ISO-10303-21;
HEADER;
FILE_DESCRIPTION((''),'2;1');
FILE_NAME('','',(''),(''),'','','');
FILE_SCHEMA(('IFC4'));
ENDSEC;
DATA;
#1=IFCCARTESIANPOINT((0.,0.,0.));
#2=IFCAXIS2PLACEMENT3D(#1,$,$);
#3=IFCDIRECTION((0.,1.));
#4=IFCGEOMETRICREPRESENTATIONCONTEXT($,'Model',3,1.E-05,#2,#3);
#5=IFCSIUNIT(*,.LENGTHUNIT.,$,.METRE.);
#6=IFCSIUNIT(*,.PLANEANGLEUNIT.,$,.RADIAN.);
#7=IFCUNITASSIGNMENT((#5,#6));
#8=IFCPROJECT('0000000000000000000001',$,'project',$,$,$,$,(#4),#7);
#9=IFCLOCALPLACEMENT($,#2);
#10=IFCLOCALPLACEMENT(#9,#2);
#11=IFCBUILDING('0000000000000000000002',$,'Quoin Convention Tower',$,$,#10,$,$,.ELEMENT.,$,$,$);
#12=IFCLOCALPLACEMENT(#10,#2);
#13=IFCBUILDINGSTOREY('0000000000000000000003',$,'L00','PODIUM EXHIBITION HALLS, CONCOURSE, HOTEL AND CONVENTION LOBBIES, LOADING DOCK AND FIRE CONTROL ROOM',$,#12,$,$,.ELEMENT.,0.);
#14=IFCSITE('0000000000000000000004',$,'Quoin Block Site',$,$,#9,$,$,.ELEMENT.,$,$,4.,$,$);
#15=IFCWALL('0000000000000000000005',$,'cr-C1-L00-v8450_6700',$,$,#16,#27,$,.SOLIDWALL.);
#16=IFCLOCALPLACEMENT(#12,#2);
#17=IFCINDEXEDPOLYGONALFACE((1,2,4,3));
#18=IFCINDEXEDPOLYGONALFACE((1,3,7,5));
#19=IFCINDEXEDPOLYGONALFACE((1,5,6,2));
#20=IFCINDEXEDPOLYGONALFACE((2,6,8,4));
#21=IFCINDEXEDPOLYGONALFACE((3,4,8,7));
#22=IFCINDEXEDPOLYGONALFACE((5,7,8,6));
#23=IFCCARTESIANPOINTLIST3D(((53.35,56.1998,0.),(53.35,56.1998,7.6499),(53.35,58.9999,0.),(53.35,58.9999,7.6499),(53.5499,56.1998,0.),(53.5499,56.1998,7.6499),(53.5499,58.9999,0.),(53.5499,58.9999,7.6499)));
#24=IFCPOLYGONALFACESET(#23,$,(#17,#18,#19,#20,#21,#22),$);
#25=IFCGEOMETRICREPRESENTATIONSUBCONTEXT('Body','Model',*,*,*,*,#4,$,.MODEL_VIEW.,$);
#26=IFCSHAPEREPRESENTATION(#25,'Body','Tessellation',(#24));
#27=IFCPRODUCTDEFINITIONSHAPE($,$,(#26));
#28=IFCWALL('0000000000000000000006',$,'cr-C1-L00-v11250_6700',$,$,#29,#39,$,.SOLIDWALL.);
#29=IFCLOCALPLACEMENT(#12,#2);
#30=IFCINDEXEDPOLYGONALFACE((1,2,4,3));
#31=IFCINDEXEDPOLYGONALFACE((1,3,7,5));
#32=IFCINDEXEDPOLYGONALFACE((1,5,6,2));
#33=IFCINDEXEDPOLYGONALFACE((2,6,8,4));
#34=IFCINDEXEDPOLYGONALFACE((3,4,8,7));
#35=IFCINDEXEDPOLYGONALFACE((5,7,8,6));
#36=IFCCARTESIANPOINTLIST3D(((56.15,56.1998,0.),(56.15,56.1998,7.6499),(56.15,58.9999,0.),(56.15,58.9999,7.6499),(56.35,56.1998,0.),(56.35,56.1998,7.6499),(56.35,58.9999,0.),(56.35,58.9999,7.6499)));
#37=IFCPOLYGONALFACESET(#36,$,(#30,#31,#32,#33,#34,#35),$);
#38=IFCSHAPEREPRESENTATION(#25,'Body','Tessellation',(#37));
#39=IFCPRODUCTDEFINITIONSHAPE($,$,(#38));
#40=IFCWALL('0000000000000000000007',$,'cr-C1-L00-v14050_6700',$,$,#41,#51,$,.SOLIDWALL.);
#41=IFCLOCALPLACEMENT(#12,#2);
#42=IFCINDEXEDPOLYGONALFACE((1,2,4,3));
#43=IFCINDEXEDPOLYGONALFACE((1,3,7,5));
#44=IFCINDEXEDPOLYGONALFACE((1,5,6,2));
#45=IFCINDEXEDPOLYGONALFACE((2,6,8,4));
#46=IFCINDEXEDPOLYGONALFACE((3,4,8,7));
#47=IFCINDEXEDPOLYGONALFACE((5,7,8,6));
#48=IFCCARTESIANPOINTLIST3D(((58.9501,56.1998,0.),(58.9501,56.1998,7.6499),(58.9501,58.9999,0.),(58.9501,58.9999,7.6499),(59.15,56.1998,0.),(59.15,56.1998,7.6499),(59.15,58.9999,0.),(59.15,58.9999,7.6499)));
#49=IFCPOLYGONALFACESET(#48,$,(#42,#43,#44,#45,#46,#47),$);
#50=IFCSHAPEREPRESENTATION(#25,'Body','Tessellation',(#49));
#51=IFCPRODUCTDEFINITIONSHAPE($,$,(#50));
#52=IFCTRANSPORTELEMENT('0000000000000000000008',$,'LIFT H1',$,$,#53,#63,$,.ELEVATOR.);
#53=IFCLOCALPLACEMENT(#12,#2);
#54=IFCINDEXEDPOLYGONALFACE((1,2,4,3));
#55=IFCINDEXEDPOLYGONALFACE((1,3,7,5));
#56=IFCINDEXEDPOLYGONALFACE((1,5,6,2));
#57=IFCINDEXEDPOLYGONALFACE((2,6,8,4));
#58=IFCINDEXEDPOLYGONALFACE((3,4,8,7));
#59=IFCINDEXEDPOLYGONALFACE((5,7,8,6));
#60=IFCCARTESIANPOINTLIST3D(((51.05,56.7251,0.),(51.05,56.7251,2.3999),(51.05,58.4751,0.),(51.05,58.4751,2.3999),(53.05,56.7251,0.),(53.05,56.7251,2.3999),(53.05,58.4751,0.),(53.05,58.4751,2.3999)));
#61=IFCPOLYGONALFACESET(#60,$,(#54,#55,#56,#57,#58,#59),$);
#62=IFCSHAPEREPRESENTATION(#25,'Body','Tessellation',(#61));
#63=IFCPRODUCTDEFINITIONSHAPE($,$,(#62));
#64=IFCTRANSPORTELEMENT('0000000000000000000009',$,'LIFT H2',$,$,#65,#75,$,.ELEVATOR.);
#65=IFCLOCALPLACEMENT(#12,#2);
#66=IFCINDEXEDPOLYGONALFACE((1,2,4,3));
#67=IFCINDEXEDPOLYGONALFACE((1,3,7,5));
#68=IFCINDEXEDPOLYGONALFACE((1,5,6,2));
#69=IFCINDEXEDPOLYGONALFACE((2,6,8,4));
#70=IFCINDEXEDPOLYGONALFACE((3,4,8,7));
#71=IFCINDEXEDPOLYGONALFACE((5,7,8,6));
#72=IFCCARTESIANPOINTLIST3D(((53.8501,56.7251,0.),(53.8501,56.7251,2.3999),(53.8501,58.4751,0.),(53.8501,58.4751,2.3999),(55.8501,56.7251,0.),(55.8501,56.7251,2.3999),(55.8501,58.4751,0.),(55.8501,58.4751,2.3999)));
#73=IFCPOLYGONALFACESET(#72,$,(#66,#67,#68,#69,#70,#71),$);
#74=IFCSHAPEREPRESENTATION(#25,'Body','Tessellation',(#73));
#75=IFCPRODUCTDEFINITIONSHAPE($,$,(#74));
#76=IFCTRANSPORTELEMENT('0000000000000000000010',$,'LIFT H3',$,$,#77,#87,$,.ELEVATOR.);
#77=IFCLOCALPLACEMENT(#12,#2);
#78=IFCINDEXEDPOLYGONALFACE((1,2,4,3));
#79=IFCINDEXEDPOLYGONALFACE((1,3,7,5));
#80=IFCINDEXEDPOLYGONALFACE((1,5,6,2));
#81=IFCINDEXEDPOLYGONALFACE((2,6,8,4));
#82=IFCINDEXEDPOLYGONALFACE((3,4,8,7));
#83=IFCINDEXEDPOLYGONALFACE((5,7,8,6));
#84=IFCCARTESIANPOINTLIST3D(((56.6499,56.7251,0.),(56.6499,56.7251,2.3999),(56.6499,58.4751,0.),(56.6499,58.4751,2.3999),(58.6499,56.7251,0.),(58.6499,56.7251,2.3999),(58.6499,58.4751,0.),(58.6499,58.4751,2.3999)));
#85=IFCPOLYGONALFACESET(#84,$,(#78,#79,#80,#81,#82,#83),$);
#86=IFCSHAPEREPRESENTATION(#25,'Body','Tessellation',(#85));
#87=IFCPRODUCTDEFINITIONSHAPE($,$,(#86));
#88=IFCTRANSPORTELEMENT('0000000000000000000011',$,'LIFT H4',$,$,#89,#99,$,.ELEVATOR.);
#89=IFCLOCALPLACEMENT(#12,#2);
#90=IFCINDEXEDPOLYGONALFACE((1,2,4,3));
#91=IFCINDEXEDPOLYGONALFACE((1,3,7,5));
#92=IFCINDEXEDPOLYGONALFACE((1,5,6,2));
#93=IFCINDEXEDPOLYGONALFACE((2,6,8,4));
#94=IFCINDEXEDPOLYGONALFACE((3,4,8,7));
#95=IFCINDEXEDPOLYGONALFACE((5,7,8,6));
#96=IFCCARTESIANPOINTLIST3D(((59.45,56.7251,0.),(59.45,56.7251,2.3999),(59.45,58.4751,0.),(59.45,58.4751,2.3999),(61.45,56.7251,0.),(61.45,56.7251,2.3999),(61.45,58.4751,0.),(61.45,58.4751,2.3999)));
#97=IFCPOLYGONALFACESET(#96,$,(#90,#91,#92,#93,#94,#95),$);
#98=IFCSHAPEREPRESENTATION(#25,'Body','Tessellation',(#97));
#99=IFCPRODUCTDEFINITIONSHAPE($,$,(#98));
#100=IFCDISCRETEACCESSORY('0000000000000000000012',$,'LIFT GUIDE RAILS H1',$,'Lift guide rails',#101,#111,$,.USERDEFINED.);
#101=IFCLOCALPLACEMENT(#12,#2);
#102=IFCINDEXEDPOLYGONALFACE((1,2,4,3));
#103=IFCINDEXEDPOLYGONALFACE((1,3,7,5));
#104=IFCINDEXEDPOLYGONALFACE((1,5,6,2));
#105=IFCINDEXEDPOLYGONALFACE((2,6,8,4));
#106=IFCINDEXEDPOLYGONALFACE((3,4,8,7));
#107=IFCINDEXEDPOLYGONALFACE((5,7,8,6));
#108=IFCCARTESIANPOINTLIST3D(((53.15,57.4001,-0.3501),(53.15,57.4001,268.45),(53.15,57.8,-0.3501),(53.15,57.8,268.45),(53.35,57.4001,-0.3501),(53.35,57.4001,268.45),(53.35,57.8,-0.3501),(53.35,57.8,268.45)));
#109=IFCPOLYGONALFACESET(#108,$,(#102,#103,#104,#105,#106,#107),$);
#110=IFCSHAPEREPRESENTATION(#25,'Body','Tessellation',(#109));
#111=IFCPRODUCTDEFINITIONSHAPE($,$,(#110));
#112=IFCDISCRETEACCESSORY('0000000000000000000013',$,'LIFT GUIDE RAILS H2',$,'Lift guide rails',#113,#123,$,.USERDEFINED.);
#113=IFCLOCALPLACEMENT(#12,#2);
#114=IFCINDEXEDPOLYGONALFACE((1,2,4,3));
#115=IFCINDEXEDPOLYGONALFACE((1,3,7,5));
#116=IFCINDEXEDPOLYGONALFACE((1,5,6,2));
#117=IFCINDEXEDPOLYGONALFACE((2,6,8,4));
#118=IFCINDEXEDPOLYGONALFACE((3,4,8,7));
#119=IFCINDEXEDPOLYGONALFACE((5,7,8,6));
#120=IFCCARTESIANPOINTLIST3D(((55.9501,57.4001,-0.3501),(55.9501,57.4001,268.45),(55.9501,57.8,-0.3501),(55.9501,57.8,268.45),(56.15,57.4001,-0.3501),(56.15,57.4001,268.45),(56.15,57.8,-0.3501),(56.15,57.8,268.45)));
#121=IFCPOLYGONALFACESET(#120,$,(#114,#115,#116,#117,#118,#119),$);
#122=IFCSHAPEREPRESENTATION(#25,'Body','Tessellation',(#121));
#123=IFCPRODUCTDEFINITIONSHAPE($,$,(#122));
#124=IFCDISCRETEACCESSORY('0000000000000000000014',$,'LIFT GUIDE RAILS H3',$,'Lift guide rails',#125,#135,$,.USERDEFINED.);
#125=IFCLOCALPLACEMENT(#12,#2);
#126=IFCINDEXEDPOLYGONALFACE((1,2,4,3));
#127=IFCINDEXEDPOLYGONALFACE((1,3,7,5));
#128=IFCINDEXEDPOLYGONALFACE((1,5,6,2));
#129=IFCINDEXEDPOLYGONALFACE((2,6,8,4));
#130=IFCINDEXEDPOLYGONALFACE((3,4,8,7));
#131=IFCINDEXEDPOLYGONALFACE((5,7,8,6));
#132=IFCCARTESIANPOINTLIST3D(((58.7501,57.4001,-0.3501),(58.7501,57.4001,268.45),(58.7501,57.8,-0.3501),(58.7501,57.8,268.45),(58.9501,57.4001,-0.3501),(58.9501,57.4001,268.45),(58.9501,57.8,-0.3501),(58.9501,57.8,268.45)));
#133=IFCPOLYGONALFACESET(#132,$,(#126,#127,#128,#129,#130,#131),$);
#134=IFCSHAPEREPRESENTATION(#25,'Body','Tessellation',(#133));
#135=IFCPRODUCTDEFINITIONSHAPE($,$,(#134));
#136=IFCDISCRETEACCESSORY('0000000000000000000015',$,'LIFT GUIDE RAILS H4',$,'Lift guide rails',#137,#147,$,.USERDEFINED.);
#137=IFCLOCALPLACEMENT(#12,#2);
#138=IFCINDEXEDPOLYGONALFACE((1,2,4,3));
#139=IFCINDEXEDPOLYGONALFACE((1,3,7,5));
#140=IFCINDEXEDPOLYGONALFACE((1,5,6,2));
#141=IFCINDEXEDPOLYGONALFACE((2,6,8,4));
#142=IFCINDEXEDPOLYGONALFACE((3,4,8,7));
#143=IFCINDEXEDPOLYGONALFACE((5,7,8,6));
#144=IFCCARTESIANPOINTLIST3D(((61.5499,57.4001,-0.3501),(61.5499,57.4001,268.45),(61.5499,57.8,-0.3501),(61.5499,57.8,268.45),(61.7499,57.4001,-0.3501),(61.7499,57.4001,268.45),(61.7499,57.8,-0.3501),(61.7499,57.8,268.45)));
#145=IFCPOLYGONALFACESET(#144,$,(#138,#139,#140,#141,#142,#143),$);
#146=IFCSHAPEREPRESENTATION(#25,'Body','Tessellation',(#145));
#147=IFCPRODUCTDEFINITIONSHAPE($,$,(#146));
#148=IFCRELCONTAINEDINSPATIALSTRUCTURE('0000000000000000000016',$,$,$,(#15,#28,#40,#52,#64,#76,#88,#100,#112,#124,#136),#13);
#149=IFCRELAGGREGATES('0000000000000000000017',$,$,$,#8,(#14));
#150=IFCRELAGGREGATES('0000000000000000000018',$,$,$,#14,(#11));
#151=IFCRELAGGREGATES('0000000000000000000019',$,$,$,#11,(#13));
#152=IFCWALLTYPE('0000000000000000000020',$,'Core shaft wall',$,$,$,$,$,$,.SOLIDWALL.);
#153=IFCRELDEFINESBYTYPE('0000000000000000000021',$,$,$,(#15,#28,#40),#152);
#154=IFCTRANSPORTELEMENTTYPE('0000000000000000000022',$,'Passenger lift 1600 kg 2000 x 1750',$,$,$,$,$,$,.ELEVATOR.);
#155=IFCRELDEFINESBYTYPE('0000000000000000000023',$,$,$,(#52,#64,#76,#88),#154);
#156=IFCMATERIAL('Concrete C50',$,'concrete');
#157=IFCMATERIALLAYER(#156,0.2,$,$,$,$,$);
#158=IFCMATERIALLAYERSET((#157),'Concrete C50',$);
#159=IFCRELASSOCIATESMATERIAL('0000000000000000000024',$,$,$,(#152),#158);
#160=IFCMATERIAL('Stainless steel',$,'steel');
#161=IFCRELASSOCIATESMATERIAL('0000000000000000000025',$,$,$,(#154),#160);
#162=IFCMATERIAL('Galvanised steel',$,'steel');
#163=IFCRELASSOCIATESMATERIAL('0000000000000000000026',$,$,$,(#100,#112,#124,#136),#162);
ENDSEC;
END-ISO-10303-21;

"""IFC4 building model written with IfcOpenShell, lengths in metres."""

from ifc_helpers import new_model, si_unit, direction, frame, frame_2d, origin, origin_2d, place, context, subcontext, project, spatial, rectangle, extrude, material, layer, layer_set, type_object, element, save


model = new_model("IFC4")

# Units and contexts
model_context = context("Model", 3, precision=1e-05, world=origin(), true_north=direction((0.0, 1.0)))
body_context = subcontext(model_context, "Body", "Model", "MODEL_VIEW")
ifc_project = project(units=[si_unit("LENGTHUNIT", "METRE"), si_unit("PLANEANGLEUNIT", "RADIAN")], contexts=[model_context])

# Site, building, storey
site_placement = place(None, origin())
site = spatial("IfcSite", under=ifc_project, at=site_placement, Name="Quoin Block Site", CompositionType="ELEMENT", RefElevation=4.0)
building_placement = place(site_placement, origin())
building = spatial("IfcBuilding", under=site, at=building_placement, Name="Quoin Convention Tower", CompositionType="ELEMENT")
storey_placement = place(building_placement, origin())
storey = spatial("IfcBuildingStorey", under=building, at=storey_placement, Name="L00", Description="PODIUM EXHIBITION HALLS, CONCOURSE, HOTEL AND CONVENTION LOBBIES, LOADING DOCK AND FIRE CONTROL ROOM", CompositionType="ELEMENT", Elevation=0.0)

# Walls
ifc_material_1 = material(Name="Concrete C50", Category="concrete")
ifc_layer = layer(ifc_material_1, 0.2)
ifc_layer_set = layer_set([ifc_layer], Name="Concrete C50")
wall_type = type_object("IfcWallType", Name="Core shaft wall", PredefinedType="SOLIDWALL", material=ifc_layer_set)
for number, where, z_axis, x_axis, name in (
    (1, (53.45, 56.2, 0.0), (0.0, 0.0, 1.0), (0.0, 1.0, 0.0), "cr-C1-L00-v8450_6700"),
    (2, (56.25, 56.2, 0.0), (0.0, 0.0, 1.0), (0.0, 1.0, 0.0), "cr-C1-L00-v11250_6700"),
    (3, (59.05, 56.2, 0.0), (0.0, 0.0, 1.0), (0.0, 1.0, 0.0), "cr-C1-L00-v14050_6700"),
):
    element("IfcWall", number, at=place(storey_placement, frame(where, z_axis=z_axis, x_axis=x_axis)), inside=storey, type_object=wall_type, Name=name, PredefinedType="SOLIDWALL", context=body_context, shape_type="SweptSolid", body=[
        extrude(rectangle(XDim=2.8, YDim=0.2, at=frame_2d((1.3999, 0.0))), origin(), (0.0, 0.0, 1.0), 7.6499),
    ])

# Transport elements
ifc_material_2 = material(Name="Stainless steel", Category="steel")
transport_element_type = type_object("IfcTransportElementType", Name="Passenger lift 1600 kg 2000 x 1750", PredefinedType="ELEVATOR", material=ifc_material_2)
for number, where, z_axis, x_axis, name in (
    (4, (52.05, 57.6001, 0.0), (0.0, 0.0, 1.0), (1.0, 0.0, 0.0), "LIFT H1"),
    (5, (54.8501, 57.6001, 0.0), (0.0, 0.0, 1.0), (1.0, 0.0, 0.0), "LIFT H2"),
    (6, (57.6499, 57.6001, 0.0), (0.0, 0.0, 1.0), (1.0, 0.0, 0.0), "LIFT H3"),
    (7, (60.45, 57.6001, 0.0), (0.0, 0.0, 1.0), (1.0, 0.0, 0.0), "LIFT H4"),
):
    element("IfcTransportElement", number, at=place(storey_placement, frame(where, z_axis=z_axis, x_axis=x_axis)), inside=storey, type_object=transport_element_type, Name=name, PredefinedType="ELEVATOR", context=body_context, shape_type="SweptSolid", body=[
        extrude(rectangle(XDim=2.0, YDim=1.75, at=origin_2d()), origin(), (0.0, 0.0, 1.0), 2.3999),
    ])

# Discrete accessories
ifc_material_3 = material(Name="Galvanised steel", Category="steel")
for number, where, z_axis, x_axis, name in (
    (8, (53.25, 57.6001, -0.3501), (0.0, 0.0, 1.0), (1.0, 0.0, 0.0), "LIFT GUIDE RAILS H1"),
    (9, (56.05, 57.6001, -0.3501), (0.0, 0.0, 1.0), (1.0, 0.0, 0.0), "LIFT GUIDE RAILS H2"),
    (10, (58.8501, 57.6001, -0.3501), (0.0, 0.0, 1.0), (1.0, 0.0, 0.0), "LIFT GUIDE RAILS H3"),
    (11, (61.6499, 57.6001, -0.3501), (0.0, 0.0, 1.0), (1.0, 0.0, 0.0), "LIFT GUIDE RAILS H4"),
):
    element("IfcDiscreteAccessory", number, at=place(storey_placement, frame(where, z_axis=z_axis, x_axis=x_axis)), inside=storey, material=ifc_material_3, Name=name, ObjectType="Lift guide rails", PredefinedType="USERDEFINED", context=body_context, shape_type="SweptSolid", body=[
        extrude(rectangle(XDim=0.2, YDim=0.3999, at=origin_2d()), origin(), (0.0, 0.0, 1.0), 268.8),
    ])

save(model, "model.ifc")
